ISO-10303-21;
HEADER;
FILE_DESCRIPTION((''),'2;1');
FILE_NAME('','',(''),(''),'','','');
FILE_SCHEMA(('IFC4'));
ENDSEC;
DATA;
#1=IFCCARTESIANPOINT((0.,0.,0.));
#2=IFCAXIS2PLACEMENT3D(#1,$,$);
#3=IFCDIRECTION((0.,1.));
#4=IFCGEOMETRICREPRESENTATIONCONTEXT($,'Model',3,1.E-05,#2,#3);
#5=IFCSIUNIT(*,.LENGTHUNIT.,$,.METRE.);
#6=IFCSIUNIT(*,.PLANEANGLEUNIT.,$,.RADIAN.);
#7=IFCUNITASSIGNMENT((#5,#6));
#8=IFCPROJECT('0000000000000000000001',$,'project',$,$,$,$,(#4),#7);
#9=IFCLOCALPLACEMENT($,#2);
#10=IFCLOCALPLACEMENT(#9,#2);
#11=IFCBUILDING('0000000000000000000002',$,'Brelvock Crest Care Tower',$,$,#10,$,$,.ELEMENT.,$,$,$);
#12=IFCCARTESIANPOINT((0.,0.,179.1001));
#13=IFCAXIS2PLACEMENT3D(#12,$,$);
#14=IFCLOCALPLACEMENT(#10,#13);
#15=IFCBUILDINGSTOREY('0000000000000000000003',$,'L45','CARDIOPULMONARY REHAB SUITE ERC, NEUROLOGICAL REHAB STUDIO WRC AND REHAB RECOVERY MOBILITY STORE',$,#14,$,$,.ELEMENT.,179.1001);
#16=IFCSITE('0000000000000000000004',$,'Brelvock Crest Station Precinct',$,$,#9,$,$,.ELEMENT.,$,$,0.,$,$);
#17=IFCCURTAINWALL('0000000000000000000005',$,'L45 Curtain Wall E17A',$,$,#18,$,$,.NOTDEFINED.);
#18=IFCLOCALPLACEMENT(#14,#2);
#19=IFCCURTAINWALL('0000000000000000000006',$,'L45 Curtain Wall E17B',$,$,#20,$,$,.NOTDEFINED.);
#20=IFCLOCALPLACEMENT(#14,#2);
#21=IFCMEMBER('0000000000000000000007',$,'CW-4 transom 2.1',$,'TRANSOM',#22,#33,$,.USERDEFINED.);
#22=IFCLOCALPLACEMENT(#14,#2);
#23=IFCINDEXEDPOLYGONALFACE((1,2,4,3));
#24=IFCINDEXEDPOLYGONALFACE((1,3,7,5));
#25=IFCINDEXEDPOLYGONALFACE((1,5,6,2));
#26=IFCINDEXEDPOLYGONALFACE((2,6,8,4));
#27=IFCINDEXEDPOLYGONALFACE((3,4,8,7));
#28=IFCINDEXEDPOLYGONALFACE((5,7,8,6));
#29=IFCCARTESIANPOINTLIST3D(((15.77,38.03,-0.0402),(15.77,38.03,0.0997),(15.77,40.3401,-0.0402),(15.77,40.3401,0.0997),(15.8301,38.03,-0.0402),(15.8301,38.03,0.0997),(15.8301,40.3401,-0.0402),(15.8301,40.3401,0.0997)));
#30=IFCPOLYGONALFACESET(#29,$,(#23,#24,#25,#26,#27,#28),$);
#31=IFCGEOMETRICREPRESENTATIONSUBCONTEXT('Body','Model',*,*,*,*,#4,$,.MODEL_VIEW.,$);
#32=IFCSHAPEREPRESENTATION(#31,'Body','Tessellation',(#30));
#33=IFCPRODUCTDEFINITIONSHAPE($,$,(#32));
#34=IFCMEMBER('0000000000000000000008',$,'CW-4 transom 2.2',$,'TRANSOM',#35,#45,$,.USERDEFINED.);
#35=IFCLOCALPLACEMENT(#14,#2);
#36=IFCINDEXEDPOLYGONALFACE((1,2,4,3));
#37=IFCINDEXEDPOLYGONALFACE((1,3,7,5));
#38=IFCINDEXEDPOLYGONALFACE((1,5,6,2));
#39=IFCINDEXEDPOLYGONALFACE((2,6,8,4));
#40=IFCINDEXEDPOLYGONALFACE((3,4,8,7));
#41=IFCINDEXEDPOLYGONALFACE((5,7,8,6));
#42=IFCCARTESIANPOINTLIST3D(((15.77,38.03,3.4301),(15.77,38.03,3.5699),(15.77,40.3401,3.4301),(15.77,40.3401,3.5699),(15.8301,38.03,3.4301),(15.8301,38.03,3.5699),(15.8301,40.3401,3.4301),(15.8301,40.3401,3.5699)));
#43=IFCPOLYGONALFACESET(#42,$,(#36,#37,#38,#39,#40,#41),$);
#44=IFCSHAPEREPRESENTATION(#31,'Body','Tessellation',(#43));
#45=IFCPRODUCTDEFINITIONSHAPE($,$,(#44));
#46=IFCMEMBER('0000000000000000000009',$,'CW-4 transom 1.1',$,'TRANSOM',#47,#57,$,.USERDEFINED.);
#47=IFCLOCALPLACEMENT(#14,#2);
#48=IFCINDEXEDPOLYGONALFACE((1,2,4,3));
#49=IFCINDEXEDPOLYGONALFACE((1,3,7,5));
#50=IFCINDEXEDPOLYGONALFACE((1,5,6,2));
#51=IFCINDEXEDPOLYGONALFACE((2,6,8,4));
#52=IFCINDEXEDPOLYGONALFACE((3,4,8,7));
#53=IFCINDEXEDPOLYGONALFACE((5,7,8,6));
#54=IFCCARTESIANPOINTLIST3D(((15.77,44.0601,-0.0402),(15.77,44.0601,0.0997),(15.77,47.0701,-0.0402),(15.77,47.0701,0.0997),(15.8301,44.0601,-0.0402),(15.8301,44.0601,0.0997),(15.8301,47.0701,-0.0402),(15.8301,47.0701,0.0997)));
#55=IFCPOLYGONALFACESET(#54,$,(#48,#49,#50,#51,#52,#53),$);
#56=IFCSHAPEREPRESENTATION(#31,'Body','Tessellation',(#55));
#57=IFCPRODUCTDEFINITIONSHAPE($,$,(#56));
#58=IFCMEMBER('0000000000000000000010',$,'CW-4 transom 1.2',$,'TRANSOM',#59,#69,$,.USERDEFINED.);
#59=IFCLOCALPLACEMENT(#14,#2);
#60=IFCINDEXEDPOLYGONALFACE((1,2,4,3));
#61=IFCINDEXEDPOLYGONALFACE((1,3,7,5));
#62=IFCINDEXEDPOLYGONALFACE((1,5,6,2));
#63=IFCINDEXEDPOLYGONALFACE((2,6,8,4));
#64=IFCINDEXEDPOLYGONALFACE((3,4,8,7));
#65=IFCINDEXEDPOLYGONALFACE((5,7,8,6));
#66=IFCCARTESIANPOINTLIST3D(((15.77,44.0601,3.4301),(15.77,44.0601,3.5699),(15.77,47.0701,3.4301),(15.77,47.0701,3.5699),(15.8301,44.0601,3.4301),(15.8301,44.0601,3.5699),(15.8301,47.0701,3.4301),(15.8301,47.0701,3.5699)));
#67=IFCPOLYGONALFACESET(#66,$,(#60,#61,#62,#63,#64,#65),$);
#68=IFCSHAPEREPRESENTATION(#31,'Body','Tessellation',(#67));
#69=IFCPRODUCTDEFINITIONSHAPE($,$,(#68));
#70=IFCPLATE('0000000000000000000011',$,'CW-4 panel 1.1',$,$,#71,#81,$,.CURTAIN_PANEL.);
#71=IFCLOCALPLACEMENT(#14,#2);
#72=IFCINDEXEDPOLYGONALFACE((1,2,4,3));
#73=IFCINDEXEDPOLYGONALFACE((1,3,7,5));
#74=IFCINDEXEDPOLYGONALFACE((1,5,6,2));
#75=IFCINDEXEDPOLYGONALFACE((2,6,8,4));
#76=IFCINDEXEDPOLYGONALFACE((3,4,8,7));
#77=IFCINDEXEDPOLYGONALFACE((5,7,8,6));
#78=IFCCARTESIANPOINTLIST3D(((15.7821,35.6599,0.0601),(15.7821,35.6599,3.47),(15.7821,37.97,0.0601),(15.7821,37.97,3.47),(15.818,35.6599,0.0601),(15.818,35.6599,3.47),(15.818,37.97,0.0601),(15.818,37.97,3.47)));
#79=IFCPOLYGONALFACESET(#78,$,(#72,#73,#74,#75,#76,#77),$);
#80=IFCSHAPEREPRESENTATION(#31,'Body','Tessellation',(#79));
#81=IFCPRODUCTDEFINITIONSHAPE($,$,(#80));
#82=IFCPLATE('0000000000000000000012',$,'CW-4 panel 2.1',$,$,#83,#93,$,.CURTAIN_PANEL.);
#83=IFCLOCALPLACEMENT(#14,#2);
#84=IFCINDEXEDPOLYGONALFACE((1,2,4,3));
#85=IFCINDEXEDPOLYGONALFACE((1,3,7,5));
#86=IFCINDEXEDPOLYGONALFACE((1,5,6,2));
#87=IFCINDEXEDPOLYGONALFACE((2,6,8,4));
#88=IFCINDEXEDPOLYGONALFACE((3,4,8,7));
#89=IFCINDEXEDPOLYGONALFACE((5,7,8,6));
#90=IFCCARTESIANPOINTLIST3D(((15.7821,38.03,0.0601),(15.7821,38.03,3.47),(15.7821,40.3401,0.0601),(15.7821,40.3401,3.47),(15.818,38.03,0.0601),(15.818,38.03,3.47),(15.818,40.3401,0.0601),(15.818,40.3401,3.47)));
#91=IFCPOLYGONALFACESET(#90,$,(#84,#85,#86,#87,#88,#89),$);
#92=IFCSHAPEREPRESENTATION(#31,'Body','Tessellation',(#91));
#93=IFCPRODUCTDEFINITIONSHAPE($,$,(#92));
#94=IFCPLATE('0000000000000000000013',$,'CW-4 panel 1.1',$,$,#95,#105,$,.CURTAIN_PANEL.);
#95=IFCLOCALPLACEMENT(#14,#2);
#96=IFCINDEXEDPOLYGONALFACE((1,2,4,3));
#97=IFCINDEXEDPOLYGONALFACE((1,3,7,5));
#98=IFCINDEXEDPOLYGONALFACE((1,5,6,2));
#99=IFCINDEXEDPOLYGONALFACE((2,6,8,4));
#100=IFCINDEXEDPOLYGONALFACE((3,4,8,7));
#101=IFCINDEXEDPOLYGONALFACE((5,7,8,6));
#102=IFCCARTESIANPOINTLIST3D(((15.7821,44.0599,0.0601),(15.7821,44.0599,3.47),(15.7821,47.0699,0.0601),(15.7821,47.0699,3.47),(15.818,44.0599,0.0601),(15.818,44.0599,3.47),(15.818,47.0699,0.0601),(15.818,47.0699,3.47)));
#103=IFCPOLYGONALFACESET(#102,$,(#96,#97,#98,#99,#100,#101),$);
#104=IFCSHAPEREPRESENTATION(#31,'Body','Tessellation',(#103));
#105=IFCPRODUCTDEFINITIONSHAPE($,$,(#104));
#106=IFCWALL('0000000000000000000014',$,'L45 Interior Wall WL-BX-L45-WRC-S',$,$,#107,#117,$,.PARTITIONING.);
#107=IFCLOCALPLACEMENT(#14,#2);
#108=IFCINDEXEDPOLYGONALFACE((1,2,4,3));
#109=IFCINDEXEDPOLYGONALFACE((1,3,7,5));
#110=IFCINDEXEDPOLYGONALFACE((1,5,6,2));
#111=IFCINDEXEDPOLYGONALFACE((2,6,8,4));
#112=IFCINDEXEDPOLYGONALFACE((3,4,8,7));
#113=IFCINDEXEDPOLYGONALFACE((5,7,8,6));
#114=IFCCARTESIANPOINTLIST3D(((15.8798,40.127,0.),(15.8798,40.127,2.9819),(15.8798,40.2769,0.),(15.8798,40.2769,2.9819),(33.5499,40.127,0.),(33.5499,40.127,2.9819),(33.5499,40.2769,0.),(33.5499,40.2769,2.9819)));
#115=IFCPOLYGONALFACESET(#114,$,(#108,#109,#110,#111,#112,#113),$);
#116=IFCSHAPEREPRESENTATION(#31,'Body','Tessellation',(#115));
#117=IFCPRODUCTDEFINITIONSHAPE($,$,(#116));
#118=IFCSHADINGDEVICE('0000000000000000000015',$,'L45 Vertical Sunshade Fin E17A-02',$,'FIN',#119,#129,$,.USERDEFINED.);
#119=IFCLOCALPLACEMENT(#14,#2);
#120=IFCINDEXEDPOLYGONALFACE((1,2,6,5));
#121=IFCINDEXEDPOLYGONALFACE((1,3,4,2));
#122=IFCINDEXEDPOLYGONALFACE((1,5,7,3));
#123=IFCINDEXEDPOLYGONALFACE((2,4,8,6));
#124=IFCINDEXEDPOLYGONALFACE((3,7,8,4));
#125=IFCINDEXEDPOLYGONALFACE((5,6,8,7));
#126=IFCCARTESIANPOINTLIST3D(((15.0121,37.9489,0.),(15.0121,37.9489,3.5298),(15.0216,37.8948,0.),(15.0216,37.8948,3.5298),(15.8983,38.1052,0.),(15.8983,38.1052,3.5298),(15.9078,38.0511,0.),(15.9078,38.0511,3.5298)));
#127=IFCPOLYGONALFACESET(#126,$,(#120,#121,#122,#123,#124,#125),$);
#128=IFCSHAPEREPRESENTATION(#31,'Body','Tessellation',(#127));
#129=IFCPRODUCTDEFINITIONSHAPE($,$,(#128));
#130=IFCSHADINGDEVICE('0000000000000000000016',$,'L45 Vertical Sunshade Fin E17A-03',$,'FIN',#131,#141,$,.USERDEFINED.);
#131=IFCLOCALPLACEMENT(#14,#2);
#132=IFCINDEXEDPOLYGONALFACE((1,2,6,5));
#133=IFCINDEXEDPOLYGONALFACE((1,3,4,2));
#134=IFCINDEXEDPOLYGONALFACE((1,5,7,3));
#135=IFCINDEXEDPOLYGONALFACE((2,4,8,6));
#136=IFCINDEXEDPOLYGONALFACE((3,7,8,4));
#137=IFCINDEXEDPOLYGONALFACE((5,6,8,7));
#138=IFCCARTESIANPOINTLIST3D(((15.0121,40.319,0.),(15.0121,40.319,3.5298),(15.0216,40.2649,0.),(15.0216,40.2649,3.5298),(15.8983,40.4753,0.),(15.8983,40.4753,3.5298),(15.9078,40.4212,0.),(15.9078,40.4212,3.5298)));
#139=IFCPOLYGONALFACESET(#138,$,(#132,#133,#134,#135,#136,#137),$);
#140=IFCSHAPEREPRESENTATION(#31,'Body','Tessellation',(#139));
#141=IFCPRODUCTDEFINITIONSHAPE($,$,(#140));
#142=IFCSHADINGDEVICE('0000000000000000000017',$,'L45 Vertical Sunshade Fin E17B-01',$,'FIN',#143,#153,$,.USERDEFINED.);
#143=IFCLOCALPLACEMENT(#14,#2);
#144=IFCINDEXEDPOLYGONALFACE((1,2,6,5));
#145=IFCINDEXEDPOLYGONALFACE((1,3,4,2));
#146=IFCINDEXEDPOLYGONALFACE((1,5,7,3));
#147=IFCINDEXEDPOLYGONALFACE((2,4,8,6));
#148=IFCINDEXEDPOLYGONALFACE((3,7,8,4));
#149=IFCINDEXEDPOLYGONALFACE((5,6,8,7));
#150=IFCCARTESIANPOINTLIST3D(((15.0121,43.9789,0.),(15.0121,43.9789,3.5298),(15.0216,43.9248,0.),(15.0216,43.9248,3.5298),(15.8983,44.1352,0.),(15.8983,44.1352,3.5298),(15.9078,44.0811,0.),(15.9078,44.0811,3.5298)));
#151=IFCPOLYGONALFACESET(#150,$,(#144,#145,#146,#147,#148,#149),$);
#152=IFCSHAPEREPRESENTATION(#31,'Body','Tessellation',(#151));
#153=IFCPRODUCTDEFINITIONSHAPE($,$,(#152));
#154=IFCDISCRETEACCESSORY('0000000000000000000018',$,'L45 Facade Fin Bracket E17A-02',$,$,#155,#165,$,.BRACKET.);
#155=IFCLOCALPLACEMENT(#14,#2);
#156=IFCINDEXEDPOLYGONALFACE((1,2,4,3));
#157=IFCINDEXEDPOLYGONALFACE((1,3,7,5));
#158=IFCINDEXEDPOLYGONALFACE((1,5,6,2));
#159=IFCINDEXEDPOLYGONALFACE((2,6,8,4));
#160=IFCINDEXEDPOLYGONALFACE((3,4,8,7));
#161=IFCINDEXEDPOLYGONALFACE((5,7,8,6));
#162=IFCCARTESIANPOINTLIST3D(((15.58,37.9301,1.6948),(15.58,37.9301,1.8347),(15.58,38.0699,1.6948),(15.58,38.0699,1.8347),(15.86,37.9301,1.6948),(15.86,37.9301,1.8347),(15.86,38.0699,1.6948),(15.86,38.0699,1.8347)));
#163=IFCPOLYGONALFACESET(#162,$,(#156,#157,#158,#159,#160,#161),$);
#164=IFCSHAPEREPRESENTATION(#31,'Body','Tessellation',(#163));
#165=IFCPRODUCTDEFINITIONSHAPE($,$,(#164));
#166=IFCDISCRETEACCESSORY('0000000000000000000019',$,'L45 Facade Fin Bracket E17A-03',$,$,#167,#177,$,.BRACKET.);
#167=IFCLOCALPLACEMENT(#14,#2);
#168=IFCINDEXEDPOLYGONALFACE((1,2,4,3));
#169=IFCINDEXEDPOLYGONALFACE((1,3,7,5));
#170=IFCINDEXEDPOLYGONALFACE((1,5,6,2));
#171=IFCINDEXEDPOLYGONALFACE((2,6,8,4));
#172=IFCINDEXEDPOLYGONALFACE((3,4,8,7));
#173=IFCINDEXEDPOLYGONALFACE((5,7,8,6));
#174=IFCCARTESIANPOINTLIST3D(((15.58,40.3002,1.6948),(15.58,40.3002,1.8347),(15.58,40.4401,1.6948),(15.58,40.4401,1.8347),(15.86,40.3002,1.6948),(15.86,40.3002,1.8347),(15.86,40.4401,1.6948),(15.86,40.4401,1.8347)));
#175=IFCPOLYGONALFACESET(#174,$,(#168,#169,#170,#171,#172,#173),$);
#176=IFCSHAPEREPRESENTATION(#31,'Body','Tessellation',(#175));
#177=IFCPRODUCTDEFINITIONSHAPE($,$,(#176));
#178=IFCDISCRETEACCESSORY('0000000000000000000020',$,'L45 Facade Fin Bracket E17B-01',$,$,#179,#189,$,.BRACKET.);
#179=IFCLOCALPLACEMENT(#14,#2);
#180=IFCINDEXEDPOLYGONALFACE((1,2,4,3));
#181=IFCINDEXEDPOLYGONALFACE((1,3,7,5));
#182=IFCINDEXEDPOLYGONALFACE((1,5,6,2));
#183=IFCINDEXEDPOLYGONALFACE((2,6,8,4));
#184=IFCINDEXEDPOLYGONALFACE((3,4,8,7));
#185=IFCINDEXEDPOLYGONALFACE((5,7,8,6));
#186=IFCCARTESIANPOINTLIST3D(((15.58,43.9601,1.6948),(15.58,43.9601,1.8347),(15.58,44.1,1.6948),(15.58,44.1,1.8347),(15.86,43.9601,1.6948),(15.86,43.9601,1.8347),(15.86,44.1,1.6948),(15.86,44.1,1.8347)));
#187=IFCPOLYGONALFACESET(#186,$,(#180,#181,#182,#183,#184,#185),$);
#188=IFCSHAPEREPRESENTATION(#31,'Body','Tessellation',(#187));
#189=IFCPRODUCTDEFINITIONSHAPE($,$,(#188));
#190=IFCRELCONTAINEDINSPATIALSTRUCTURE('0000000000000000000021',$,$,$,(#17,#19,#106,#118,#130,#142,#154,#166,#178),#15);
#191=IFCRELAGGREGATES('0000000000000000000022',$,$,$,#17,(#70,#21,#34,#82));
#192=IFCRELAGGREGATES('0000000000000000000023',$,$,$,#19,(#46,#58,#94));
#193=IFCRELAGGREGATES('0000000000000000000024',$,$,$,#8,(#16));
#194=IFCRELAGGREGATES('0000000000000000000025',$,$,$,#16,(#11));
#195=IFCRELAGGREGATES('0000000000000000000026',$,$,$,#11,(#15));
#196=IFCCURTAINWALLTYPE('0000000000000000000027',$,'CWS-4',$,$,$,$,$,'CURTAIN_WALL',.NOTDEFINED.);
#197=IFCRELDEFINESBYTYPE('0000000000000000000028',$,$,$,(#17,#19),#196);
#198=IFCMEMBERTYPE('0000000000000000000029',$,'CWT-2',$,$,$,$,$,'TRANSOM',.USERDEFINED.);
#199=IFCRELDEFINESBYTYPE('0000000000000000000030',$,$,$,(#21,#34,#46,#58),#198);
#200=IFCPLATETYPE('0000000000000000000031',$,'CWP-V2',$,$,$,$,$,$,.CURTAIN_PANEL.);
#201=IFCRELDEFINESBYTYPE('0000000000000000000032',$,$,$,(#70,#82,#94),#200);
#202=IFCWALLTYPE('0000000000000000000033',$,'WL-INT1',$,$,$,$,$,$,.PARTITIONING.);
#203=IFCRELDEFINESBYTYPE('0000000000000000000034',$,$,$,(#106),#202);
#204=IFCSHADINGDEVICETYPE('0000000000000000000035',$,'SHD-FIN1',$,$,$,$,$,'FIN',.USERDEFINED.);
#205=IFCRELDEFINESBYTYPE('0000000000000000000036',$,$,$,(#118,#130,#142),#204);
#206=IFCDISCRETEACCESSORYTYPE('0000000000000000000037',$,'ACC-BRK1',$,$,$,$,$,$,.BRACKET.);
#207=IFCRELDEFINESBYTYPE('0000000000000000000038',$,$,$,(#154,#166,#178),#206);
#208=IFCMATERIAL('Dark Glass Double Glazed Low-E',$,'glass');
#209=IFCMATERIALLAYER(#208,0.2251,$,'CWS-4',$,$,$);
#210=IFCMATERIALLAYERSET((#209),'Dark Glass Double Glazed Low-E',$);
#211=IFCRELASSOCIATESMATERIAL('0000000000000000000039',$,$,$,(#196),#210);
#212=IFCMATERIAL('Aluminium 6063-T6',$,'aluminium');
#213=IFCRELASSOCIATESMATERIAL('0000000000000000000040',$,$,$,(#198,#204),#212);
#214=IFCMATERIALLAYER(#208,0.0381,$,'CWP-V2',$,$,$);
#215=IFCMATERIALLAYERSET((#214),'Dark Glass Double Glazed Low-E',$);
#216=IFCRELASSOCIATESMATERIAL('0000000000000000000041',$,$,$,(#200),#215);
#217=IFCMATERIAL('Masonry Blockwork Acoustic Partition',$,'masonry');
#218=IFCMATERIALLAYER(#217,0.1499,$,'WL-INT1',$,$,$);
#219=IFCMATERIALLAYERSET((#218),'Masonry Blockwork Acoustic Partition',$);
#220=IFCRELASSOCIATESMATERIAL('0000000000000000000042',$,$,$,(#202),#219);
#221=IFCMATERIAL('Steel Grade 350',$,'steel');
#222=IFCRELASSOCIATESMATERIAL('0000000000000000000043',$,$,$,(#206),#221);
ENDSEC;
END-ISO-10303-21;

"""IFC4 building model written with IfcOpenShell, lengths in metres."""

from ifc_helpers import new_model, si_unit, direction, frame, frame_2d, origin, origin_2d, place, context, subcontext, project, spatial, rectangle, extrude, source, transform, mapped, material, layer, layer_set, material_profile, profile_set, type_object, element, aggregate, save


model = new_model("IFC4")

# Units and contexts
model_context = context("Model", 3, precision=1e-05, world=origin(), true_north=direction((0.0, 1.0)))
body_context = subcontext(model_context, "Body", "Model", "MODEL_VIEW")
ifc_project = project(units=[si_unit("LENGTHUNIT", "METRE"), si_unit("PLANEANGLEUNIT", "RADIAN")], contexts=[model_context])

# Site, building, storey
site_placement = place(None, origin())
site = spatial("IfcSite", under=ifc_project, at=site_placement, Name="Brelvock Crest Station Precinct", CompositionType="ELEMENT", RefElevation=0.0)
building_placement = place(site_placement, origin())
building = spatial("IfcBuilding", under=site, at=building_placement, Name="Brelvock Crest Care Tower", CompositionType="ELEMENT")
storey_placement = place(building_placement, frame((0.0, 0.0, 179.1001)))
storey = spatial("IfcBuildingStorey", under=building, at=storey_placement, Name="L45", Description="CARDIOPULMONARY REHAB SUITE ERC, NEUROLOGICAL REHAB STUDIO WRC AND REHAB RECOVERY MOBILITY STORE", CompositionType="ELEMENT", Elevation=179.1001)

# Shared definitions
ifc_material_1 = material(Name="Steel Grade 350", Category="steel")

# Curtain wall
ifc_material_2 = material(Name="Dark Glass Double Glazed Low-E", Category="glass")
ifc_layer_1 = layer(ifc_material_2, 0.2251, Name="CWS-4")
ifc_layer_set_1 = layer_set([ifc_layer_1], Name="Dark Glass Double Glazed Low-E")
curtain_wall_type = type_object("IfcCurtainWallType", Name="CWS-4", ElementType="CURTAIN_WALL", PredefinedType="NOTDEFINED", material=ifc_layer_set_1)
curtain_wall_1_placement = place(storey_placement, origin())
curtain_wall_1 = element("IfcCurtainWall", 1, at=curtain_wall_1_placement, inside=storey, type_object=curtain_wall_type, Name="L45 Curtain Wall E17A", PredefinedType="NOTDEFINED")
ifc_material_3 = material(Name="Aluminium 6063-T6", Category="aluminium")

# Curtain wall
curtain_wall_2_placement = place(storey_placement, origin())
curtain_wall_2 = element("IfcCurtainWall", 2, at=curtain_wall_2_placement, inside=storey, type_object=curtain_wall_type, Name="L45 Curtain Wall E17B", PredefinedType="NOTDEFINED")

# Members
ifc_material_profile_1 = material_profile(ifc_material_3, rectangle(XDim=0.0601, YDim=0.1399, at=origin_2d()), Name="ALU60x140")
ifc_profile_set_1 = profile_set([ifc_material_profile_1], Name="Aluminium 6063-T6")
member_type_1 = type_object("IfcMemberType", Name="CWT-2", ElementType="TRANSOM", PredefinedType="USERDEFINED", material=ifc_profile_set_1)
shared_shape_1 = source(origin(), body_context, "Body", "SweptSolid", [
    extrude(rectangle(XDim=0.0601, YDim=0.1399, at=origin_2d()), origin(), (0.0, 0.0, 1.0), 2.3101),
])
member_1_placement = place(storey_placement, frame((15.8, 38.03, 0.0298), z_axis=(0.0, 1.0, 0.0), x_axis=(-1.0, 0.0, 0.0)))
member_1 = element("IfcMember", 3, at=member_1_placement, type_object=member_type_1, Name="CW-4 transom 2.1", ObjectType="TRANSOM", PredefinedType="USERDEFINED", context=body_context, shape_type="MappedRepresentation", body=[
    mapped(shared_shape_1, transform((0.0, 0.0, 0.0), x_axis=(1.0, 0.0, 0.0), y_axis=(0.0, 1.0, 0.0), z_axis=(0.0, 0.0, 1.0), scale=1.0)),
])
member_2_placement = place(storey_placement, frame((15.8, 38.03, 3.5), z_axis=(0.0, 1.0, 0.0), x_axis=(-1.0, 0.0, 0.0)))
member_2 = element("IfcMember", 4, at=member_2_placement, type_object=member_type_1, Name="CW-4 transom 2.2", ObjectType="TRANSOM", PredefinedType="USERDEFINED", context=body_context, shape_type="MappedRepresentation", body=[
    mapped(shared_shape_1, transform((0.0, 0.0, 0.0), x_axis=(1.0, 0.0, 0.0), y_axis=(0.0, 1.0, 0.0), z_axis=(0.0, 0.0, 1.0), scale=1.0)),
])
shared_shape_2 = source(origin(), body_context, "Body", "SweptSolid", [
    extrude(rectangle(XDim=0.0601, YDim=0.1399, at=origin_2d()), origin(), (0.0, 0.0, 1.0), 3.01),
])
member_3_placement = place(storey_placement, frame((15.8, 44.0601, 0.0298), z_axis=(0.0, 1.0, 0.0), x_axis=(-1.0, 0.0, 0.0)))
member_3 = element("IfcMember", 5, at=member_3_placement, type_object=member_type_1, Name="CW-4 transom 1.1", ObjectType="TRANSOM", PredefinedType="USERDEFINED", context=body_context, shape_type="MappedRepresentation", body=[
    mapped(shared_shape_2, transform((0.0, 0.0, 0.0), x_axis=(1.0, 0.0, 0.0), y_axis=(0.0, 1.0, 0.0), z_axis=(0.0, 0.0, 1.0), scale=1.0)),
])
member_4_placement = place(storey_placement, frame((15.8, 44.0601, 3.5), z_axis=(0.0, 1.0, 0.0), x_axis=(-1.0, 0.0, 0.0)))
member_4 = element("IfcMember", 6, at=member_4_placement, type_object=member_type_1, Name="CW-4 transom 1.2", ObjectType="TRANSOM", PredefinedType="USERDEFINED", context=body_context, shape_type="MappedRepresentation", body=[
    mapped(shared_shape_2, transform((0.0, 0.0, 0.0), x_axis=(1.0, 0.0, 0.0), y_axis=(0.0, 1.0, 0.0), z_axis=(0.0, 0.0, 1.0), scale=1.0)),
])

# Plates
ifc_layer_2 = layer(ifc_material_2, 0.0381, Name="CWP-V2")
ifc_layer_set_2 = layer_set([ifc_layer_2], Name="Dark Glass Double Glazed Low-E")
plate_type = type_object("IfcPlateType", Name="CWP-V2", PredefinedType="CURTAIN_PANEL", material=ifc_layer_set_2)
shared_shape_3 = source(origin(), body_context, "Body", "SweptSolid", [
    extrude(rectangle(XDim=2.3101, YDim=0.0359, at=origin_2d()), origin(), (0.0, 0.0, 1.0), 3.4099),
])
plate_1_placement = place(storey_placement, frame((15.8, 36.8149, 0.0601), z_axis=(0.0, 0.0, 1.0), x_axis=(0.0, 1.0, 0.0)))
plate_1 = element("IfcPlate", 7, at=plate_1_placement, type_object=plate_type, Name="CW-4 panel 1.1", PredefinedType="CURTAIN_PANEL", context=body_context, shape_type="MappedRepresentation", body=[
    mapped(shared_shape_3, transform((0.0, 0.0, 0.0), x_axis=(1.0, 0.0, 0.0), y_axis=(0.0, 1.0, 0.0), z_axis=(0.0, 0.0, 1.0), scale=1.0)),
])
plate_2_placement = place(storey_placement, frame((15.8, 39.1851, 0.0601), z_axis=(0.0, 0.0, 1.0), x_axis=(0.0, 1.0, 0.0)))
plate_2 = element("IfcPlate", 8, at=plate_2_placement, type_object=plate_type, Name="CW-4 panel 2.1", PredefinedType="CURTAIN_PANEL", context=body_context, shape_type="MappedRepresentation", body=[
    mapped(shared_shape_3, transform((0.0, 0.0, 0.0), x_axis=(1.0, 0.0, 0.0), y_axis=(0.0, 1.0, 0.0), z_axis=(0.0, 0.0, 1.0), scale=1.0)),
])
aggregate(curtain_wall_1, [plate_1, member_1, member_2, plate_2])
shared_shape_4 = source(origin(), body_context, "Body", "SweptSolid", [
    extrude(rectangle(XDim=3.01, YDim=0.0359, at=origin_2d()), origin(), (0.0, 0.0, 1.0), 3.4099),
])
plate_3_placement = place(storey_placement, frame((15.8, 45.5649, 0.0601), z_axis=(0.0, 0.0, 1.0), x_axis=(0.0, 1.0, 0.0)))
plate_3 = element("IfcPlate", 9, at=plate_3_placement, type_object=plate_type, Name="CW-4 panel 1.1", PredefinedType="CURTAIN_PANEL", context=body_context, shape_type="MappedRepresentation", body=[
    mapped(shared_shape_4, transform((0.0, 0.0, 0.0), x_axis=(1.0, 0.0, 0.0), y_axis=(0.0, 1.0, 0.0), z_axis=(0.0, 0.0, 1.0), scale=1.0)),
])
aggregate(curtain_wall_2, [member_3, member_4, plate_3])

# Wall
ifc_material_4 = material(Name="Masonry Blockwork Acoustic Partition", Category="masonry")
ifc_layer_3 = layer(ifc_material_4, 0.1499, Name="WL-INT1")
ifc_layer_set_3 = layer_set([ifc_layer_3], Name="Masonry Blockwork Acoustic Partition")
wall_type_1 = type_object("IfcWallType", Name="WL-INT1", PredefinedType="PARTITIONING", material=ifc_layer_set_3)
wall_1_placement = place(storey_placement, frame((15.8799, 40.2019, 0.0), z_axis=(0.0, 0.0, 1.0), x_axis=(1.0, 0.0, 0.0)))
element("IfcWall", 10, at=wall_1_placement, inside=storey, type_object=wall_type_1, Name="L45 Interior Wall WL-BX-L45-WRC-S", PredefinedType="PARTITIONING", context=body_context, shape_type="SweptSolid", body=[
    extrude(rectangle(XDim=17.6702, YDim=0.1499, at=frame_2d((8.835, 0.0))), origin(), (0.0, 0.0, 1.0), 2.9819),
])

# Shading devices
ifc_material_profile_2 = material_profile(ifc_material_3, rectangle(XDim=0.0549, YDim=0.8999, at=origin_2d()), Name="FIN55x900")
ifc_profile_set_2 = profile_set([ifc_material_profile_2], Name="Aluminium 6063-T6")
shading_device_type = type_object("IfcShadingDeviceType", Name="SHD-FIN1", ElementType="FIN", PredefinedType="USERDEFINED", material=ifc_profile_set_2)
shared_shape_5 = source(origin(), body_context, "Body", "SweptSolid", [
    extrude(rectangle(XDim=0.0549, YDim=0.8999, at=origin_2d()), origin(), (0.0, 0.0, 1.0), 3.5298),
])
for number, where, z_axis, x_axis, name in (
    (11, (15.46, 38.0, 0.0), (0.0, 0.0, 1.0), (-0.173648, 0.984808, 0.0), "L45 Vertical Sunshade Fin E17A-02"),
    (12, (15.46, 40.3701, 0.0), (0.0, 0.0, 1.0), (-0.173648, 0.984808, 0.0), "L45 Vertical Sunshade Fin E17A-03"),
    (13, (15.46, 44.03, 0.0), (0.0, 0.0, 1.0), (-0.173648, 0.984808, 0.0), "L45 Vertical Sunshade Fin E17B-01"),
):
    element("IfcShadingDevice", number, at=place(storey_placement, frame(where, z_axis=z_axis, x_axis=x_axis)), inside=storey, type_object=shading_device_type, Name=name, ObjectType="FIN", PredefinedType="USERDEFINED", context=body_context, shape_type="MappedRepresentation", body=[
        mapped(shared_shape_5, transform((0.0, 0.0, 0.0), x_axis=(1.0, 0.0, 0.0), y_axis=(0.0, 1.0, 0.0), z_axis=(0.0, 0.0, 1.0), scale=1.0)),
    ])

# Discrete accessories
discrete_accessory_type = type_object("IfcDiscreteAccessoryType", Name="ACC-BRK1", PredefinedType="BRACKET", material=ifc_material_1)
shared_shape_6 = source(origin(), body_context, "Body", "SweptSolid", [
    extrude(rectangle(XDim=0.28, YDim=0.1399, at=origin_2d()), origin(), (0.0, 0.0, 1.0), 0.1399),
])
for number, where, z_axis, x_axis, name in (
    (14, (15.72, 38.0, 1.6948), (0.0, 0.0, 1.0), (-1.0, 0.0, 0.0), "L45 Facade Fin Bracket E17A-02"),
    (15, (15.72, 40.3701, 1.6948), (0.0, 0.0, 1.0), (-1.0, 0.0, 0.0), "L45 Facade Fin Bracket E17A-03"),
    (16, (15.72, 44.03, 1.6948), (0.0, 0.0, 1.0), (-1.0, 0.0, 0.0), "L45 Facade Fin Bracket E17B-01"),
):
    element("IfcDiscreteAccessory", number, at=place(storey_placement, frame(where, z_axis=z_axis, x_axis=x_axis)), inside=storey, type_object=discrete_accessory_type, Name=name, PredefinedType="BRACKET", context=body_context, shape_type="MappedRepresentation", body=[
        mapped(shared_shape_6, transform((0.0, 0.0, 0.0), x_axis=(1.0, 0.0, 0.0), y_axis=(0.0, 1.0, 0.0), z_axis=(0.0, 0.0, 1.0), scale=1.0)),
    ])

save(model, "model.ifc")
